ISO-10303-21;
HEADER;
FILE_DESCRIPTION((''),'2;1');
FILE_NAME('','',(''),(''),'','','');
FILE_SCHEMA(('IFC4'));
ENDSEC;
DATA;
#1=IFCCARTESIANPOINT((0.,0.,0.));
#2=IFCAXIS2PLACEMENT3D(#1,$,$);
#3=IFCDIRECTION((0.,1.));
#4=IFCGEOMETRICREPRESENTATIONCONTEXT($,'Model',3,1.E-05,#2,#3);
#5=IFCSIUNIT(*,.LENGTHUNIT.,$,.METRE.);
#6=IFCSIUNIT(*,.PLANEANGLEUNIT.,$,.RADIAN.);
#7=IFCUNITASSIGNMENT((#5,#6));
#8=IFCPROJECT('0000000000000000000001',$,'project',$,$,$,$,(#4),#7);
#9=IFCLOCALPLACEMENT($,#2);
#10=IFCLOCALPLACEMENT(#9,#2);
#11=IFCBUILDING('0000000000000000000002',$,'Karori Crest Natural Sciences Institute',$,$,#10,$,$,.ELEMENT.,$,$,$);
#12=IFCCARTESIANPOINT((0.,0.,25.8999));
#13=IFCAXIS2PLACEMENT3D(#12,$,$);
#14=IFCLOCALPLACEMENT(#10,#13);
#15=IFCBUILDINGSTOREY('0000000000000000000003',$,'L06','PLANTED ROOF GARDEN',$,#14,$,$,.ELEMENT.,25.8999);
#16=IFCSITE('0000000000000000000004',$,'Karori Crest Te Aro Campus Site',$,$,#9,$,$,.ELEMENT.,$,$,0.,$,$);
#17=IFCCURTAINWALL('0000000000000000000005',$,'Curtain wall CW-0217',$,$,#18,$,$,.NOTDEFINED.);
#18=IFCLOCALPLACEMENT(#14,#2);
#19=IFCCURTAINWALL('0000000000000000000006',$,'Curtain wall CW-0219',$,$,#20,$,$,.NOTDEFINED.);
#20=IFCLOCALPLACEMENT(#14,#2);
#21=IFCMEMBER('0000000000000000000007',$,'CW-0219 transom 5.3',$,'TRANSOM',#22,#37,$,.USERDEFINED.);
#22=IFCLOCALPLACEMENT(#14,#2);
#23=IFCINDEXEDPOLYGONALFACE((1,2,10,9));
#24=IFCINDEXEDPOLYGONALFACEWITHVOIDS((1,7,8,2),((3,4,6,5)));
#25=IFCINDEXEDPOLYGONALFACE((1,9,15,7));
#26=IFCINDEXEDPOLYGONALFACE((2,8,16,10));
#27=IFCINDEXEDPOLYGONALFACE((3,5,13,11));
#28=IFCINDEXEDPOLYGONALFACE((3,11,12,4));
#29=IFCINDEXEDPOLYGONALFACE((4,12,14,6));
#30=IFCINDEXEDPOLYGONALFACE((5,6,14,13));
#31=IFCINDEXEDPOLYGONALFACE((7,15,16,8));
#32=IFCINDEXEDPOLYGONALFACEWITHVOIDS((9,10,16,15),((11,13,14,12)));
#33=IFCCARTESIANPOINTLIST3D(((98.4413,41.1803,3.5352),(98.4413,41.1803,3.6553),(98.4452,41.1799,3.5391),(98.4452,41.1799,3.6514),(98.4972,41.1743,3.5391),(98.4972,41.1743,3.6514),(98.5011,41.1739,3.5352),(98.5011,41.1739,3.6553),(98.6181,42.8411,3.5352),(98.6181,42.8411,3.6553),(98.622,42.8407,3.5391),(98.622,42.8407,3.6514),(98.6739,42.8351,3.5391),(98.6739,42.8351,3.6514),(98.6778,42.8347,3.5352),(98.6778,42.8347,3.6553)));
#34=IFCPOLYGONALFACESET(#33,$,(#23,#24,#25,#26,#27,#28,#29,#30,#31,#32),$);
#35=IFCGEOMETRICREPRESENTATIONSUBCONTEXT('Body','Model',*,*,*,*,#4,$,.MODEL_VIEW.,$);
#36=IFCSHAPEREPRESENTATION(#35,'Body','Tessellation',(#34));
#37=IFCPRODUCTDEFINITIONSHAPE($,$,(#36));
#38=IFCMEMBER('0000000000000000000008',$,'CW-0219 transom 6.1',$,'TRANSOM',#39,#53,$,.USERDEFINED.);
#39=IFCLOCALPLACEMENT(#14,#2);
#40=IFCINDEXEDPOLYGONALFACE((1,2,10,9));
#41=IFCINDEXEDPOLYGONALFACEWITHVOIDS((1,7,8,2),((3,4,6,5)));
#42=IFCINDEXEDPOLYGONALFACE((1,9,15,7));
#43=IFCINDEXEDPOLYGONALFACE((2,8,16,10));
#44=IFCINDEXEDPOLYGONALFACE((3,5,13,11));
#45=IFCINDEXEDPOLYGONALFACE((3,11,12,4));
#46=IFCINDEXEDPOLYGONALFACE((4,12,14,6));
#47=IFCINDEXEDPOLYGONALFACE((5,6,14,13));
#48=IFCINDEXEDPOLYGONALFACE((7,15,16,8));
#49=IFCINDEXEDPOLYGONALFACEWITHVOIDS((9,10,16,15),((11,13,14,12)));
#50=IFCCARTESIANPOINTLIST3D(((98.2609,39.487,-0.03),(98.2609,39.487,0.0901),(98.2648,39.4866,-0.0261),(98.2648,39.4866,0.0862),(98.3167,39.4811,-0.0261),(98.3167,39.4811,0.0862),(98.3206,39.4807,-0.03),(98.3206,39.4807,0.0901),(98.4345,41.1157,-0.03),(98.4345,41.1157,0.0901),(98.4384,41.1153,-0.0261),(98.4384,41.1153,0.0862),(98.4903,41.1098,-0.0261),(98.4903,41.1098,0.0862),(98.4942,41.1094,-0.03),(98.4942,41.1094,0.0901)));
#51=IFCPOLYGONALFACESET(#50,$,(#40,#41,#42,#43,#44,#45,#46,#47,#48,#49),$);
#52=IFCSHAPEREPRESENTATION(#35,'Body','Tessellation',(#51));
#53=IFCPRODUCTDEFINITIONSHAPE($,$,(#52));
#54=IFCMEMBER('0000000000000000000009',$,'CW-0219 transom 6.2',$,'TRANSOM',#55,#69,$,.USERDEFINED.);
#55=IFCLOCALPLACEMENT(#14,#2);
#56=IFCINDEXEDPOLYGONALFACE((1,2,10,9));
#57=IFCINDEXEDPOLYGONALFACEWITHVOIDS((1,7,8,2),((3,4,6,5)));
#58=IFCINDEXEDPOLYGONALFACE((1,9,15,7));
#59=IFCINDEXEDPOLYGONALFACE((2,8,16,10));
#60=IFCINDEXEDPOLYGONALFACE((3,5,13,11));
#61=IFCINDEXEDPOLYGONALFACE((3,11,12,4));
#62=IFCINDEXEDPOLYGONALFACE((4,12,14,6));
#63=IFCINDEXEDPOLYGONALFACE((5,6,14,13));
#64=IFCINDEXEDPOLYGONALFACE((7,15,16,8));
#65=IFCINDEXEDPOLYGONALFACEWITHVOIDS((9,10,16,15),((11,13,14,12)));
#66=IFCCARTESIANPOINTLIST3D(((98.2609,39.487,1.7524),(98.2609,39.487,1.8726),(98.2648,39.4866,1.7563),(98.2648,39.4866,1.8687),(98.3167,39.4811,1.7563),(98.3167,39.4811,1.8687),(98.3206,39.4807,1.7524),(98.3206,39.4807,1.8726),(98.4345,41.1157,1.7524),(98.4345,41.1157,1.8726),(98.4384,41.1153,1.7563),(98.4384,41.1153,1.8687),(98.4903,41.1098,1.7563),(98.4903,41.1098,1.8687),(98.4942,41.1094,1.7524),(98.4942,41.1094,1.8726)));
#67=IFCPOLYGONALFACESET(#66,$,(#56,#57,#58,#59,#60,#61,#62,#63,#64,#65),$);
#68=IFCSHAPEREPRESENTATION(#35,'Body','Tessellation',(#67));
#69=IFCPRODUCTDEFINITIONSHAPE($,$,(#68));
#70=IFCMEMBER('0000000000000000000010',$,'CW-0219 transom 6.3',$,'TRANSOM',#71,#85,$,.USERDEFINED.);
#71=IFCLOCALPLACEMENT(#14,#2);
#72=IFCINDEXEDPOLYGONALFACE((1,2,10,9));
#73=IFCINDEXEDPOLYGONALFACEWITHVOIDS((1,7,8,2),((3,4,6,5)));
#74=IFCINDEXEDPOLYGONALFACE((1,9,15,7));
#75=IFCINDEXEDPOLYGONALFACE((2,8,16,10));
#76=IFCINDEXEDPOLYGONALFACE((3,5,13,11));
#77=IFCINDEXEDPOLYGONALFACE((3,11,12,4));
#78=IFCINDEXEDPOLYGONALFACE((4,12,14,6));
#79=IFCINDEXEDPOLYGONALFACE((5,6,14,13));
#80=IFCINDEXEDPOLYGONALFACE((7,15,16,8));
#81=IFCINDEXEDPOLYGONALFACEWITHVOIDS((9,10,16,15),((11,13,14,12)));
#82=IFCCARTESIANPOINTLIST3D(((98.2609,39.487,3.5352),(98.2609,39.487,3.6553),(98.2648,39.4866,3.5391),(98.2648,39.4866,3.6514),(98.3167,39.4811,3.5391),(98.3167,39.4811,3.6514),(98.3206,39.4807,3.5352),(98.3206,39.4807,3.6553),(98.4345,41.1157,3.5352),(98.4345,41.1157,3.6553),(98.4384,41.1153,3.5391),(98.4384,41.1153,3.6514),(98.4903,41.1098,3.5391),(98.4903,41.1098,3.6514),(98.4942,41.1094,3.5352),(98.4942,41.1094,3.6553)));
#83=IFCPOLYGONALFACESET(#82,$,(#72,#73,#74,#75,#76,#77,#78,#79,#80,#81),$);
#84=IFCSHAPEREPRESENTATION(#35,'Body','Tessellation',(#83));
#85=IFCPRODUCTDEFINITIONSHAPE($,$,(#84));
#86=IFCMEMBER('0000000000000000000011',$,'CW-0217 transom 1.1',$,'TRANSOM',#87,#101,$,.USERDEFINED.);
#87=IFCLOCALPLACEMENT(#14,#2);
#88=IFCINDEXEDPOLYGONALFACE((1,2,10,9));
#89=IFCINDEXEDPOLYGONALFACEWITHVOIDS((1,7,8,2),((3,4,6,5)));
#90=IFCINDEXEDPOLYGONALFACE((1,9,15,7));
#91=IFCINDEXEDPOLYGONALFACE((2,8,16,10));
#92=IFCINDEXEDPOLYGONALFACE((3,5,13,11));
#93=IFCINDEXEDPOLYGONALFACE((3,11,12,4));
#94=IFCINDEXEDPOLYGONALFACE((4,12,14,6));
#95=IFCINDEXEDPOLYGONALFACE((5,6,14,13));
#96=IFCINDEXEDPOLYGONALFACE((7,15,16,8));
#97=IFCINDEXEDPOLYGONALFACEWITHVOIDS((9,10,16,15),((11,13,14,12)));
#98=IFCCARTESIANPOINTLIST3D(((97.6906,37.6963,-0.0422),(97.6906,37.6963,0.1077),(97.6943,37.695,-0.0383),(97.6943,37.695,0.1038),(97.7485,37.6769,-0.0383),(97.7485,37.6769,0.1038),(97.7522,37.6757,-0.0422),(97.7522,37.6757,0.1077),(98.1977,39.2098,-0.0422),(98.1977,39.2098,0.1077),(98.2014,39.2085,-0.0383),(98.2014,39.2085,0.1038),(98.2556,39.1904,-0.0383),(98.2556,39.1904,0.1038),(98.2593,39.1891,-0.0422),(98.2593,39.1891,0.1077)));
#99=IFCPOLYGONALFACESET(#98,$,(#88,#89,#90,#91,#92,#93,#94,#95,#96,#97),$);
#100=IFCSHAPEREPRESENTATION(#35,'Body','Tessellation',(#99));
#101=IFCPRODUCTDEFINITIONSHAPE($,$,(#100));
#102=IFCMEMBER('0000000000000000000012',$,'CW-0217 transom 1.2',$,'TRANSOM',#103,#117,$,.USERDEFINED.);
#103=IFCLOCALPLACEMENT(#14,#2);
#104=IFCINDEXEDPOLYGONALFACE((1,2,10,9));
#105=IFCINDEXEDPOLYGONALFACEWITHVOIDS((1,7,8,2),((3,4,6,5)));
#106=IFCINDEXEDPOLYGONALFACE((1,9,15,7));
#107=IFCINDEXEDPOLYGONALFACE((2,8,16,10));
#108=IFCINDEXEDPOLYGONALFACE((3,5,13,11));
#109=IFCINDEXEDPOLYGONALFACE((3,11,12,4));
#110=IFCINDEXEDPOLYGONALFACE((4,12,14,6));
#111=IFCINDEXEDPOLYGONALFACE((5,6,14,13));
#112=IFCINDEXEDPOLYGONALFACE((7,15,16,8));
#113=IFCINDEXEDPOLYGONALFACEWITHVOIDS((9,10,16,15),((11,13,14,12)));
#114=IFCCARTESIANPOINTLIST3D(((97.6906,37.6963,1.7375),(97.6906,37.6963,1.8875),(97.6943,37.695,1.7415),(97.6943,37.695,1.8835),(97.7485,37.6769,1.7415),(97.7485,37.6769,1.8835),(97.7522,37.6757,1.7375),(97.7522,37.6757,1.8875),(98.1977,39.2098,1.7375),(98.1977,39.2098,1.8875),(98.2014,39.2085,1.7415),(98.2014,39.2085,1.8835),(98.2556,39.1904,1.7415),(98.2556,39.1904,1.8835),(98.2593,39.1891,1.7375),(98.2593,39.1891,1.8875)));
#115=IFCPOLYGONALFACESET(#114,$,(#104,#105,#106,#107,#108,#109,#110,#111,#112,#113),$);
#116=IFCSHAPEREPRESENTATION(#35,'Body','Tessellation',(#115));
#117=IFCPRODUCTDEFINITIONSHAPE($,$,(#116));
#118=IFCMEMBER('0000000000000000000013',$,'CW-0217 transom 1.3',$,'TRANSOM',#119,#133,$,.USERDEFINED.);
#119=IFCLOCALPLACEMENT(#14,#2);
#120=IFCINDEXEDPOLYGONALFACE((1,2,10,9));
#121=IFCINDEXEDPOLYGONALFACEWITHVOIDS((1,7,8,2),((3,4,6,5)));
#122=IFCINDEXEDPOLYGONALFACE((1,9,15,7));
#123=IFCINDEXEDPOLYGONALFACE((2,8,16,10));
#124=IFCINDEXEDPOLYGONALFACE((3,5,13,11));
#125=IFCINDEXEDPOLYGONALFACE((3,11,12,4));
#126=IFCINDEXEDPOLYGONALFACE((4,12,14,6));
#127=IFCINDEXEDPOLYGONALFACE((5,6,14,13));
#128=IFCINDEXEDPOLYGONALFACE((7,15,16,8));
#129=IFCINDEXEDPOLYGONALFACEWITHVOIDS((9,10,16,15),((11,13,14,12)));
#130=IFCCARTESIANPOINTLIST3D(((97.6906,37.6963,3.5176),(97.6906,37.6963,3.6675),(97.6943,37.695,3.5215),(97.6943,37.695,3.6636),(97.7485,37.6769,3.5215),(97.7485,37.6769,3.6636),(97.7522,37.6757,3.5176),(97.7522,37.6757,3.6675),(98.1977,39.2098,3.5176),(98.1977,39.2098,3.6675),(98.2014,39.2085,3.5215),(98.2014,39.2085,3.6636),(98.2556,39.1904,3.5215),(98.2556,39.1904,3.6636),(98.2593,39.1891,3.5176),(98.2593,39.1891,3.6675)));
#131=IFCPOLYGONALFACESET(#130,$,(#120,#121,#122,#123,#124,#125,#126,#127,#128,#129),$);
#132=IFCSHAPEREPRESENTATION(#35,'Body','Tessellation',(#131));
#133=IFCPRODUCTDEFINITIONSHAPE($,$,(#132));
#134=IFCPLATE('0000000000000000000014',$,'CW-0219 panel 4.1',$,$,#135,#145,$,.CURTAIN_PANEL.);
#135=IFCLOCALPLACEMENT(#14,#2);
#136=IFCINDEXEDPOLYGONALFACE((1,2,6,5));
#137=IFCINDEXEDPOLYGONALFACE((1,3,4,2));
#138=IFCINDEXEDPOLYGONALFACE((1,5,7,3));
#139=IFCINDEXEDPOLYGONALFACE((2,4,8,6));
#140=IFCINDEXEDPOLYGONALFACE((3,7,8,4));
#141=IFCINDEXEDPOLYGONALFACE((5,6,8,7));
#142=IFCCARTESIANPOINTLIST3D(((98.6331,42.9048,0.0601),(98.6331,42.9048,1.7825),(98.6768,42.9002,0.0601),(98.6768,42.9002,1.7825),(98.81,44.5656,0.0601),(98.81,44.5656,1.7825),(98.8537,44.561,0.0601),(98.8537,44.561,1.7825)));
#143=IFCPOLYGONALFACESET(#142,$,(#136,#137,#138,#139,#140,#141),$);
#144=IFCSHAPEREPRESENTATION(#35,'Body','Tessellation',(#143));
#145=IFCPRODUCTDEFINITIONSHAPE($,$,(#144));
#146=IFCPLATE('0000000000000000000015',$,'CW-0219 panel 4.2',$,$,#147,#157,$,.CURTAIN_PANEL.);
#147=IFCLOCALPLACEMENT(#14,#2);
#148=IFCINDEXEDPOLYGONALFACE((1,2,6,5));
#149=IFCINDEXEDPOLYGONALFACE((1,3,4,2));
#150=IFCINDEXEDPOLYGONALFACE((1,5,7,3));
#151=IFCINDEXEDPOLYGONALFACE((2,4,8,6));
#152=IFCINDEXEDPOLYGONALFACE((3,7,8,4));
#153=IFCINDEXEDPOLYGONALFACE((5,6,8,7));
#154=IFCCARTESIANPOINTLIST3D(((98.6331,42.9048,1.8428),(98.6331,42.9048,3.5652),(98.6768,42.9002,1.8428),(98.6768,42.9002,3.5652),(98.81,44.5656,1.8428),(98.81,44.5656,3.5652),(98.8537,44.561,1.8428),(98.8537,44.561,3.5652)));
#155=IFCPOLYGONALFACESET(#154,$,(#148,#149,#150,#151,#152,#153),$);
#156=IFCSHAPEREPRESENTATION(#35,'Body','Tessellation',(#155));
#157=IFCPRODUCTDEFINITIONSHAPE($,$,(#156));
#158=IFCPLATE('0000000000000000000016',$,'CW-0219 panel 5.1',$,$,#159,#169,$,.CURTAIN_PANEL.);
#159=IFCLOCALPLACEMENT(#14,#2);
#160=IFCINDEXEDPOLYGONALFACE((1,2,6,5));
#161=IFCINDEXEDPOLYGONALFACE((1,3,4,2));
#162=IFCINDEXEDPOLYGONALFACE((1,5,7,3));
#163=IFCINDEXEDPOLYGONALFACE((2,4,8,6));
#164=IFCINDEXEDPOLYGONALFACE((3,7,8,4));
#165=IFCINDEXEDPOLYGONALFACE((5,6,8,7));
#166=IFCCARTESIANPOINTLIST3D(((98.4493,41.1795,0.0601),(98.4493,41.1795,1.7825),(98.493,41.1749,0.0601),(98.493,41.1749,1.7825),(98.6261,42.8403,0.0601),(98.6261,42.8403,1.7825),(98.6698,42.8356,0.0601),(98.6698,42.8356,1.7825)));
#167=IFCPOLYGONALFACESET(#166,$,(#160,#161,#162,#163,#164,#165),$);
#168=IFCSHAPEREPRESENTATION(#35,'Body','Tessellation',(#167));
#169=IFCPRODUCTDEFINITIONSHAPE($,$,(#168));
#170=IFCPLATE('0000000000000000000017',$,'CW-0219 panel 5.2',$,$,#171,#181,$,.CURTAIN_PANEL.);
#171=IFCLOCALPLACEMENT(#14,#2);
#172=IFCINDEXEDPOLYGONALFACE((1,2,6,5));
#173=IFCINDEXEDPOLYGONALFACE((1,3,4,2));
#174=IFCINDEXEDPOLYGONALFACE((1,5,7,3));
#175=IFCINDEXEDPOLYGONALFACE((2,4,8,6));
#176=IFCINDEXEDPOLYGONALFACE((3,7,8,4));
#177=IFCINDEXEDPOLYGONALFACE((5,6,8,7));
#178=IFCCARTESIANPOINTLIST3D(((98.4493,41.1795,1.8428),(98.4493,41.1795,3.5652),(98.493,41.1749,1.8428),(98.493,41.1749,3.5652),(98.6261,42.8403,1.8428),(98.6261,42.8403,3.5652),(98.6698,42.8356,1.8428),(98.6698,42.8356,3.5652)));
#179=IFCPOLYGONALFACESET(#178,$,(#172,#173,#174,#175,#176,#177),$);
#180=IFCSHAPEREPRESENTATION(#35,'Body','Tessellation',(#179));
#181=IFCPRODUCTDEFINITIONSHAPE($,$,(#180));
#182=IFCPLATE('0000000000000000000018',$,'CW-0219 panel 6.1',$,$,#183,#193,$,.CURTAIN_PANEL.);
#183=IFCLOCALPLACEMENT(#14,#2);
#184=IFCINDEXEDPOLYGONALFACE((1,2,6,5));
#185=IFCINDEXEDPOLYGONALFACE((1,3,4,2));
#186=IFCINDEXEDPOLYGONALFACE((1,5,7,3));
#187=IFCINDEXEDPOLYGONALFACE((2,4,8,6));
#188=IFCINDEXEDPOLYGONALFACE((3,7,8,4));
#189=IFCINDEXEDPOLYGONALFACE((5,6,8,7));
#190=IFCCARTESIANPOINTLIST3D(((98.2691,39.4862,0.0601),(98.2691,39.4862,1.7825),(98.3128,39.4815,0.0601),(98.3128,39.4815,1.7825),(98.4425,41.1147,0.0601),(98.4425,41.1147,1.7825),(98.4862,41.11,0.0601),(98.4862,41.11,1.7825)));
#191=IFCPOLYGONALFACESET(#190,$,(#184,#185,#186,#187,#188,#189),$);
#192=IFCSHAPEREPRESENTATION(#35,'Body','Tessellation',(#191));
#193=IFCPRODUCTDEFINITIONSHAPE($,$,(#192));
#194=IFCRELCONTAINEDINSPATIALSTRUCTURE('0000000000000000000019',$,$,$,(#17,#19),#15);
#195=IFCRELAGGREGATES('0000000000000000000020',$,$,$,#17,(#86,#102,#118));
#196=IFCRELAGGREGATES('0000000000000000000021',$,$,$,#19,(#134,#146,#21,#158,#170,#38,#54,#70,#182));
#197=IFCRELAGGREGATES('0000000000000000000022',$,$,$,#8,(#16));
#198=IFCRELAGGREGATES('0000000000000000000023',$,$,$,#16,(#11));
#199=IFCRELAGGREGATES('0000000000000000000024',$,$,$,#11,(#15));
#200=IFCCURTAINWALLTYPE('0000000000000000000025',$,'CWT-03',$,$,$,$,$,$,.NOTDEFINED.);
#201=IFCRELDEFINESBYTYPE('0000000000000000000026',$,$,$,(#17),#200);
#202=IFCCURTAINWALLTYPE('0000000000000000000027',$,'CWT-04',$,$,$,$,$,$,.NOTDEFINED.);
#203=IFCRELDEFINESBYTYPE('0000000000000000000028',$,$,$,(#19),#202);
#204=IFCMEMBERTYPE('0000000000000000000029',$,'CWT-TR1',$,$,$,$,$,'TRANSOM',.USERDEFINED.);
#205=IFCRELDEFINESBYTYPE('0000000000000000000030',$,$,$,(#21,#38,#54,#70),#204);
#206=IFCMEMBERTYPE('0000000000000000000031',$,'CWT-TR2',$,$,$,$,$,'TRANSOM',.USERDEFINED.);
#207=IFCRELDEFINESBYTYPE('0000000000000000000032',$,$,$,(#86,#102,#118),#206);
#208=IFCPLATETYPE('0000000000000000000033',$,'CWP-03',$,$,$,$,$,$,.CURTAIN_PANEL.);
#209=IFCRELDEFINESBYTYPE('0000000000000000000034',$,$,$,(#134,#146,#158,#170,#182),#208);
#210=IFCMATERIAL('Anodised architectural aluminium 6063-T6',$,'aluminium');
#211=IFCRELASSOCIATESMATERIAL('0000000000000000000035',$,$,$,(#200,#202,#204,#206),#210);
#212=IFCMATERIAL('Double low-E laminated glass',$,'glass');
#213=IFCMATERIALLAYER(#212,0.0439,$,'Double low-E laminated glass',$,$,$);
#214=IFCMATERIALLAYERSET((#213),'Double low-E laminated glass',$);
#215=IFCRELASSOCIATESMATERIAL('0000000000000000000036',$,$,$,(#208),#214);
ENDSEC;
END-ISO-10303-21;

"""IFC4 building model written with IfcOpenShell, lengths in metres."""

from ifc_helpers import new_model, si_unit, direction, frame, origin, origin_2d, place, context, subcontext, project, spatial, rectangle, hollow_rectangle, extrude, material, layer, layer_set, material_profile, profile_set, type_object, element, aggregate, save


model = new_model("IFC4")

# Units and contexts
model_context = context("Model", 3, precision=1e-05, world=origin(), true_north=direction((0.0, 1.0)))
body_context = subcontext(model_context, "Body", "Model", "MODEL_VIEW")
ifc_project = project(units=[si_unit("LENGTHUNIT", "METRE"), si_unit("PLANEANGLEUNIT", "RADIAN")], contexts=[model_context])

# Site, building, storey
site_placement = place(None, origin())
site = spatial("IfcSite", under=ifc_project, at=site_placement, Name="Karori Crest Te Aro Campus Site", CompositionType="ELEMENT", RefElevation=0.0)
building_placement = place(site_placement, origin())
building = spatial("IfcBuilding", under=site, at=building_placement, Name="Karori Crest Natural Sciences Institute", CompositionType="ELEMENT")
storey_placement = place(building_placement, frame((0.0, 0.0, 25.8999)))
storey = spatial("IfcBuildingStorey", under=building, at=storey_placement, Name="L06", Description="PLANTED ROOF GARDEN", CompositionType="ELEMENT", Elevation=25.8999)

# Curtain wall
ifc_material_1 = material(Name="Anodised architectural aluminium 6063-T6", Category="aluminium")
curtain_wall_type_1 = type_object("IfcCurtainWallType", Name="CWT-03", PredefinedType="NOTDEFINED", material=ifc_material_1)
curtain_wall_1_placement = place(storey_placement, origin())
curtain_wall_1 = element("IfcCurtainWall", 1, at=curtain_wall_1_placement, inside=storey, type_object=curtain_wall_type_1, Name="Curtain wall CW-0217", PredefinedType="NOTDEFINED")

# Curtain wall, members
curtain_wall_type_2 = type_object("IfcCurtainWallType", Name="CWT-04", PredefinedType="NOTDEFINED", material=ifc_material_1)
curtain_wall_2_placement = place(storey_placement, origin())
curtain_wall_2 = element("IfcCurtainWall", 2, at=curtain_wall_2_placement, inside=storey, type_object=curtain_wall_type_2, Name="Curtain wall CW-0219", PredefinedType="NOTDEFINED")
ifc_material_profile_1 = material_profile(ifc_material_1, hollow_rectangle(XDim=0.0601, YDim=0.1201, WallThickness=0.0039, at=origin_2d()), Name="CWT120x60x4")
ifc_profile_set_1 = profile_set([ifc_material_profile_1], Name="Anodised architectural aluminium 6063-T6")
member_type_1 = type_object("IfcMemberType", Name="CWT-TR1", ElementType="TRANSOM", PredefinedType="USERDEFINED", material=ifc_profile_set_1)
member_1_placement = place(storey_placement, frame((98.6479, 42.8379, 3.5952), z_axis=(-0.105826, -0.994385, 0.0), x_axis=(0.994385, -0.105826, 0.0)))
member_1 = element("IfcMember", 3, at=member_1_placement, type_object=member_type_1, Name="CW-0219 transom 5.3", ObjectType="TRANSOM", PredefinedType="USERDEFINED", context=body_context, shape_type="SweptSolid", body=[
    extrude(hollow_rectangle(XDim=0.0601, YDim=0.1201, WallThickness=0.0039, at=origin_2d()), origin(), (0.0, 0.0, 1.0), 1.6702),
])
member_2_placement = place(storey_placement, frame((98.4644, 41.1125, 0.03), z_axis=(-0.10598, -0.994368, 0.0), x_axis=(0.994368, -0.10598, 0.0)))
member_2 = element("IfcMember", 4, at=member_2_placement, type_object=member_type_1, Name="CW-0219 transom 6.1", ObjectType="TRANSOM", PredefinedType="USERDEFINED", context=body_context, shape_type="SweptSolid", body=[
    extrude(hollow_rectangle(XDim=0.0601, YDim=0.1201, WallThickness=0.0039, at=origin_2d()), origin(), (0.0, 0.0, 1.0), 1.6379),
])
member_3_placement = place(storey_placement, frame((98.4644, 41.1125, 1.8125), z_axis=(-0.10598, -0.994368, 0.0), x_axis=(0.994368, -0.10598, 0.0)))
member_3 = element("IfcMember", 5, at=member_3_placement, type_object=member_type_1, Name="CW-0219 transom 6.2", ObjectType="TRANSOM", PredefinedType="USERDEFINED", context=body_context, shape_type="SweptSolid", body=[
    extrude(hollow_rectangle(XDim=0.0601, YDim=0.1201, WallThickness=0.0039, at=origin_2d()), origin(), (0.0, 0.0, 1.0), 1.6379),
])
member_4_placement = place(storey_placement, frame((98.4644, 41.1125, 3.5952), z_axis=(-0.10598, -0.994368, 0.0), x_axis=(0.994368, -0.10598, 0.0)))
member_4 = element("IfcMember", 6, at=member_4_placement, type_object=member_type_1, Name="CW-0219 transom 6.3", ObjectType="TRANSOM", PredefinedType="USERDEFINED", context=body_context, shape_type="SweptSolid", body=[
    extrude(hollow_rectangle(XDim=0.0601, YDim=0.1201, WallThickness=0.0039, at=origin_2d()), origin(), (0.0, 0.0, 1.0), 1.6379),
])

# Members
ifc_material_profile_2 = material_profile(ifc_material_1, hollow_rectangle(XDim=0.0649, YDim=0.1499, WallThickness=0.0039, at=origin_2d()), Name="CWT150x65x4")
ifc_profile_set_2 = profile_set([ifc_material_profile_2], Name="Anodised architectural aluminium 6063-T6")
member_type_2 = type_object("IfcMemberType", Name="CWT-TR2", ElementType="TRANSOM", PredefinedType="USERDEFINED", material=ifc_profile_set_2)
member_5_placement = place(storey_placement, frame((98.2285, 39.1995, 0.0327), z_axis=(-0.317696, -0.948193, 0.0), x_axis=(0.948193, -0.317696, 0.0)))
member_5 = element("IfcMember", 7, at=member_5_placement, type_object=member_type_2, Name="CW-0217 transom 1.1", ObjectType="TRANSOM", PredefinedType="USERDEFINED", context=body_context, shape_type="SweptSolid", body=[
    extrude(hollow_rectangle(XDim=0.0649, YDim=0.1499, WallThickness=0.0039, at=origin_2d()), origin(), (0.0, 0.0, 1.0), 1.5962),
])
member_6_placement = place(storey_placement, frame((98.2285, 39.1995, 1.8125), z_axis=(-0.317696, -0.948193, 0.0), x_axis=(0.948193, -0.317696, 0.0)))
member_6 = element("IfcMember", 8, at=member_6_placement, type_object=member_type_2, Name="CW-0217 transom 1.2", ObjectType="TRANSOM", PredefinedType="USERDEFINED", context=body_context, shape_type="SweptSolid", body=[
    extrude(hollow_rectangle(XDim=0.0649, YDim=0.1499, WallThickness=0.0039, at=origin_2d()), origin(), (0.0, 0.0, 1.0), 1.5962),
])
member_7_placement = place(storey_placement, frame((98.2285, 39.1995, 3.5925), z_axis=(-0.317696, -0.948193, 0.0), x_axis=(0.948193, -0.317696, 0.0)))
member_7 = element("IfcMember", 9, at=member_7_placement, type_object=member_type_2, Name="CW-0217 transom 1.3", ObjectType="TRANSOM", PredefinedType="USERDEFINED", context=body_context, shape_type="SweptSolid", body=[
    extrude(hollow_rectangle(XDim=0.0649, YDim=0.1499, WallThickness=0.0039, at=origin_2d()), origin(), (0.0, 0.0, 1.0), 1.5962),
])
aggregate(curtain_wall_1, [member_5, member_6, member_7])

# Plates
ifc_material_2 = material(Name="Double low-E laminated glass", Category="glass")
ifc_layer_1 = layer(ifc_material_2, 0.0439, Name="Double low-E laminated glass")
ifc_layer_set_1 = layer_set([ifc_layer_1], Name="Double low-E laminated glass")
plate_type = type_object("IfcPlateType", Name="CWP-03", PredefinedType="CURTAIN_PANEL", material=ifc_layer_set_1)
plate_1_placement = place(storey_placement, frame((98.7434, 43.7329, 0.0601), z_axis=(0.0, 0.0, 1.0), x_axis=(-0.105886, -0.994378, 0.0)))
plate_1 = element("IfcPlate", 10, at=plate_1_placement, type_object=plate_type, Name="CW-0219 panel 4.1", PredefinedType="CURTAIN_PANEL", context=body_context, shape_type="SweptSolid", body=[
    extrude(rectangle(XDim=1.6702, YDim=0.0439, at=origin_2d()), origin(), (0.0, 0.0, 1.0), 1.7224),
])
plate_2_placement = place(storey_placement, frame((98.7434, 43.7329, 1.8428), z_axis=(0.0, 0.0, 1.0), x_axis=(-0.105886, -0.994378, 0.0)))
plate_2 = element("IfcPlate", 11, at=plate_2_placement, type_object=plate_type, Name="CW-0219 panel 4.2", PredefinedType="CURTAIN_PANEL", context=body_context, shape_type="SweptSolid", body=[
    extrude(rectangle(XDim=1.6702, YDim=0.0439, at=origin_2d()), origin(), (0.0, 0.0, 1.0), 1.7224),
])
plate_3_placement = place(storey_placement, frame((98.5596, 42.0076, 0.0601), z_axis=(0.0, 0.0, 1.0), x_axis=(-0.105886, -0.994378, 0.0)))
plate_3 = element("IfcPlate", 12, at=plate_3_placement, type_object=plate_type, Name="CW-0219 panel 5.1", PredefinedType="CURTAIN_PANEL", context=body_context, shape_type="SweptSolid", body=[
    extrude(rectangle(XDim=1.6702, YDim=0.0439, at=origin_2d()), origin(), (0.0, 0.0, 1.0), 1.7224),
])
plate_4_placement = place(storey_placement, frame((98.5596, 42.0076, 1.8428), z_axis=(0.0, 0.0, 1.0), x_axis=(-0.105886, -0.994378, 0.0)))
plate_4 = element("IfcPlate", 13, at=plate_4_placement, type_object=plate_type, Name="CW-0219 panel 5.2", PredefinedType="CURTAIN_PANEL", context=body_context, shape_type="SweptSolid", body=[
    extrude(rectangle(XDim=1.6702, YDim=0.0439, at=origin_2d()), origin(), (0.0, 0.0, 1.0), 1.7224),
])
plate_5_placement = place(storey_placement, frame((98.3777, 40.2981, 0.0601), z_axis=(0.0, 0.0, 1.0), x_axis=(-0.105886, -0.994378, 0.0)))
plate_5 = element("IfcPlate", 14, at=plate_5_placement, type_object=plate_type, Name="CW-0219 panel 6.1", PredefinedType="CURTAIN_PANEL", context=body_context, shape_type="SweptSolid", body=[
    extrude(rectangle(XDim=1.6377, YDim=0.0439, at=origin_2d()), origin(), (0.0, 0.0, 1.0), 1.7224),
])
aggregate(curtain_wall_2, [plate_1, plate_2, member_1, plate_3, plate_4, member_2, member_3, member_4, plate_5])

save(model, "model.ifc")
